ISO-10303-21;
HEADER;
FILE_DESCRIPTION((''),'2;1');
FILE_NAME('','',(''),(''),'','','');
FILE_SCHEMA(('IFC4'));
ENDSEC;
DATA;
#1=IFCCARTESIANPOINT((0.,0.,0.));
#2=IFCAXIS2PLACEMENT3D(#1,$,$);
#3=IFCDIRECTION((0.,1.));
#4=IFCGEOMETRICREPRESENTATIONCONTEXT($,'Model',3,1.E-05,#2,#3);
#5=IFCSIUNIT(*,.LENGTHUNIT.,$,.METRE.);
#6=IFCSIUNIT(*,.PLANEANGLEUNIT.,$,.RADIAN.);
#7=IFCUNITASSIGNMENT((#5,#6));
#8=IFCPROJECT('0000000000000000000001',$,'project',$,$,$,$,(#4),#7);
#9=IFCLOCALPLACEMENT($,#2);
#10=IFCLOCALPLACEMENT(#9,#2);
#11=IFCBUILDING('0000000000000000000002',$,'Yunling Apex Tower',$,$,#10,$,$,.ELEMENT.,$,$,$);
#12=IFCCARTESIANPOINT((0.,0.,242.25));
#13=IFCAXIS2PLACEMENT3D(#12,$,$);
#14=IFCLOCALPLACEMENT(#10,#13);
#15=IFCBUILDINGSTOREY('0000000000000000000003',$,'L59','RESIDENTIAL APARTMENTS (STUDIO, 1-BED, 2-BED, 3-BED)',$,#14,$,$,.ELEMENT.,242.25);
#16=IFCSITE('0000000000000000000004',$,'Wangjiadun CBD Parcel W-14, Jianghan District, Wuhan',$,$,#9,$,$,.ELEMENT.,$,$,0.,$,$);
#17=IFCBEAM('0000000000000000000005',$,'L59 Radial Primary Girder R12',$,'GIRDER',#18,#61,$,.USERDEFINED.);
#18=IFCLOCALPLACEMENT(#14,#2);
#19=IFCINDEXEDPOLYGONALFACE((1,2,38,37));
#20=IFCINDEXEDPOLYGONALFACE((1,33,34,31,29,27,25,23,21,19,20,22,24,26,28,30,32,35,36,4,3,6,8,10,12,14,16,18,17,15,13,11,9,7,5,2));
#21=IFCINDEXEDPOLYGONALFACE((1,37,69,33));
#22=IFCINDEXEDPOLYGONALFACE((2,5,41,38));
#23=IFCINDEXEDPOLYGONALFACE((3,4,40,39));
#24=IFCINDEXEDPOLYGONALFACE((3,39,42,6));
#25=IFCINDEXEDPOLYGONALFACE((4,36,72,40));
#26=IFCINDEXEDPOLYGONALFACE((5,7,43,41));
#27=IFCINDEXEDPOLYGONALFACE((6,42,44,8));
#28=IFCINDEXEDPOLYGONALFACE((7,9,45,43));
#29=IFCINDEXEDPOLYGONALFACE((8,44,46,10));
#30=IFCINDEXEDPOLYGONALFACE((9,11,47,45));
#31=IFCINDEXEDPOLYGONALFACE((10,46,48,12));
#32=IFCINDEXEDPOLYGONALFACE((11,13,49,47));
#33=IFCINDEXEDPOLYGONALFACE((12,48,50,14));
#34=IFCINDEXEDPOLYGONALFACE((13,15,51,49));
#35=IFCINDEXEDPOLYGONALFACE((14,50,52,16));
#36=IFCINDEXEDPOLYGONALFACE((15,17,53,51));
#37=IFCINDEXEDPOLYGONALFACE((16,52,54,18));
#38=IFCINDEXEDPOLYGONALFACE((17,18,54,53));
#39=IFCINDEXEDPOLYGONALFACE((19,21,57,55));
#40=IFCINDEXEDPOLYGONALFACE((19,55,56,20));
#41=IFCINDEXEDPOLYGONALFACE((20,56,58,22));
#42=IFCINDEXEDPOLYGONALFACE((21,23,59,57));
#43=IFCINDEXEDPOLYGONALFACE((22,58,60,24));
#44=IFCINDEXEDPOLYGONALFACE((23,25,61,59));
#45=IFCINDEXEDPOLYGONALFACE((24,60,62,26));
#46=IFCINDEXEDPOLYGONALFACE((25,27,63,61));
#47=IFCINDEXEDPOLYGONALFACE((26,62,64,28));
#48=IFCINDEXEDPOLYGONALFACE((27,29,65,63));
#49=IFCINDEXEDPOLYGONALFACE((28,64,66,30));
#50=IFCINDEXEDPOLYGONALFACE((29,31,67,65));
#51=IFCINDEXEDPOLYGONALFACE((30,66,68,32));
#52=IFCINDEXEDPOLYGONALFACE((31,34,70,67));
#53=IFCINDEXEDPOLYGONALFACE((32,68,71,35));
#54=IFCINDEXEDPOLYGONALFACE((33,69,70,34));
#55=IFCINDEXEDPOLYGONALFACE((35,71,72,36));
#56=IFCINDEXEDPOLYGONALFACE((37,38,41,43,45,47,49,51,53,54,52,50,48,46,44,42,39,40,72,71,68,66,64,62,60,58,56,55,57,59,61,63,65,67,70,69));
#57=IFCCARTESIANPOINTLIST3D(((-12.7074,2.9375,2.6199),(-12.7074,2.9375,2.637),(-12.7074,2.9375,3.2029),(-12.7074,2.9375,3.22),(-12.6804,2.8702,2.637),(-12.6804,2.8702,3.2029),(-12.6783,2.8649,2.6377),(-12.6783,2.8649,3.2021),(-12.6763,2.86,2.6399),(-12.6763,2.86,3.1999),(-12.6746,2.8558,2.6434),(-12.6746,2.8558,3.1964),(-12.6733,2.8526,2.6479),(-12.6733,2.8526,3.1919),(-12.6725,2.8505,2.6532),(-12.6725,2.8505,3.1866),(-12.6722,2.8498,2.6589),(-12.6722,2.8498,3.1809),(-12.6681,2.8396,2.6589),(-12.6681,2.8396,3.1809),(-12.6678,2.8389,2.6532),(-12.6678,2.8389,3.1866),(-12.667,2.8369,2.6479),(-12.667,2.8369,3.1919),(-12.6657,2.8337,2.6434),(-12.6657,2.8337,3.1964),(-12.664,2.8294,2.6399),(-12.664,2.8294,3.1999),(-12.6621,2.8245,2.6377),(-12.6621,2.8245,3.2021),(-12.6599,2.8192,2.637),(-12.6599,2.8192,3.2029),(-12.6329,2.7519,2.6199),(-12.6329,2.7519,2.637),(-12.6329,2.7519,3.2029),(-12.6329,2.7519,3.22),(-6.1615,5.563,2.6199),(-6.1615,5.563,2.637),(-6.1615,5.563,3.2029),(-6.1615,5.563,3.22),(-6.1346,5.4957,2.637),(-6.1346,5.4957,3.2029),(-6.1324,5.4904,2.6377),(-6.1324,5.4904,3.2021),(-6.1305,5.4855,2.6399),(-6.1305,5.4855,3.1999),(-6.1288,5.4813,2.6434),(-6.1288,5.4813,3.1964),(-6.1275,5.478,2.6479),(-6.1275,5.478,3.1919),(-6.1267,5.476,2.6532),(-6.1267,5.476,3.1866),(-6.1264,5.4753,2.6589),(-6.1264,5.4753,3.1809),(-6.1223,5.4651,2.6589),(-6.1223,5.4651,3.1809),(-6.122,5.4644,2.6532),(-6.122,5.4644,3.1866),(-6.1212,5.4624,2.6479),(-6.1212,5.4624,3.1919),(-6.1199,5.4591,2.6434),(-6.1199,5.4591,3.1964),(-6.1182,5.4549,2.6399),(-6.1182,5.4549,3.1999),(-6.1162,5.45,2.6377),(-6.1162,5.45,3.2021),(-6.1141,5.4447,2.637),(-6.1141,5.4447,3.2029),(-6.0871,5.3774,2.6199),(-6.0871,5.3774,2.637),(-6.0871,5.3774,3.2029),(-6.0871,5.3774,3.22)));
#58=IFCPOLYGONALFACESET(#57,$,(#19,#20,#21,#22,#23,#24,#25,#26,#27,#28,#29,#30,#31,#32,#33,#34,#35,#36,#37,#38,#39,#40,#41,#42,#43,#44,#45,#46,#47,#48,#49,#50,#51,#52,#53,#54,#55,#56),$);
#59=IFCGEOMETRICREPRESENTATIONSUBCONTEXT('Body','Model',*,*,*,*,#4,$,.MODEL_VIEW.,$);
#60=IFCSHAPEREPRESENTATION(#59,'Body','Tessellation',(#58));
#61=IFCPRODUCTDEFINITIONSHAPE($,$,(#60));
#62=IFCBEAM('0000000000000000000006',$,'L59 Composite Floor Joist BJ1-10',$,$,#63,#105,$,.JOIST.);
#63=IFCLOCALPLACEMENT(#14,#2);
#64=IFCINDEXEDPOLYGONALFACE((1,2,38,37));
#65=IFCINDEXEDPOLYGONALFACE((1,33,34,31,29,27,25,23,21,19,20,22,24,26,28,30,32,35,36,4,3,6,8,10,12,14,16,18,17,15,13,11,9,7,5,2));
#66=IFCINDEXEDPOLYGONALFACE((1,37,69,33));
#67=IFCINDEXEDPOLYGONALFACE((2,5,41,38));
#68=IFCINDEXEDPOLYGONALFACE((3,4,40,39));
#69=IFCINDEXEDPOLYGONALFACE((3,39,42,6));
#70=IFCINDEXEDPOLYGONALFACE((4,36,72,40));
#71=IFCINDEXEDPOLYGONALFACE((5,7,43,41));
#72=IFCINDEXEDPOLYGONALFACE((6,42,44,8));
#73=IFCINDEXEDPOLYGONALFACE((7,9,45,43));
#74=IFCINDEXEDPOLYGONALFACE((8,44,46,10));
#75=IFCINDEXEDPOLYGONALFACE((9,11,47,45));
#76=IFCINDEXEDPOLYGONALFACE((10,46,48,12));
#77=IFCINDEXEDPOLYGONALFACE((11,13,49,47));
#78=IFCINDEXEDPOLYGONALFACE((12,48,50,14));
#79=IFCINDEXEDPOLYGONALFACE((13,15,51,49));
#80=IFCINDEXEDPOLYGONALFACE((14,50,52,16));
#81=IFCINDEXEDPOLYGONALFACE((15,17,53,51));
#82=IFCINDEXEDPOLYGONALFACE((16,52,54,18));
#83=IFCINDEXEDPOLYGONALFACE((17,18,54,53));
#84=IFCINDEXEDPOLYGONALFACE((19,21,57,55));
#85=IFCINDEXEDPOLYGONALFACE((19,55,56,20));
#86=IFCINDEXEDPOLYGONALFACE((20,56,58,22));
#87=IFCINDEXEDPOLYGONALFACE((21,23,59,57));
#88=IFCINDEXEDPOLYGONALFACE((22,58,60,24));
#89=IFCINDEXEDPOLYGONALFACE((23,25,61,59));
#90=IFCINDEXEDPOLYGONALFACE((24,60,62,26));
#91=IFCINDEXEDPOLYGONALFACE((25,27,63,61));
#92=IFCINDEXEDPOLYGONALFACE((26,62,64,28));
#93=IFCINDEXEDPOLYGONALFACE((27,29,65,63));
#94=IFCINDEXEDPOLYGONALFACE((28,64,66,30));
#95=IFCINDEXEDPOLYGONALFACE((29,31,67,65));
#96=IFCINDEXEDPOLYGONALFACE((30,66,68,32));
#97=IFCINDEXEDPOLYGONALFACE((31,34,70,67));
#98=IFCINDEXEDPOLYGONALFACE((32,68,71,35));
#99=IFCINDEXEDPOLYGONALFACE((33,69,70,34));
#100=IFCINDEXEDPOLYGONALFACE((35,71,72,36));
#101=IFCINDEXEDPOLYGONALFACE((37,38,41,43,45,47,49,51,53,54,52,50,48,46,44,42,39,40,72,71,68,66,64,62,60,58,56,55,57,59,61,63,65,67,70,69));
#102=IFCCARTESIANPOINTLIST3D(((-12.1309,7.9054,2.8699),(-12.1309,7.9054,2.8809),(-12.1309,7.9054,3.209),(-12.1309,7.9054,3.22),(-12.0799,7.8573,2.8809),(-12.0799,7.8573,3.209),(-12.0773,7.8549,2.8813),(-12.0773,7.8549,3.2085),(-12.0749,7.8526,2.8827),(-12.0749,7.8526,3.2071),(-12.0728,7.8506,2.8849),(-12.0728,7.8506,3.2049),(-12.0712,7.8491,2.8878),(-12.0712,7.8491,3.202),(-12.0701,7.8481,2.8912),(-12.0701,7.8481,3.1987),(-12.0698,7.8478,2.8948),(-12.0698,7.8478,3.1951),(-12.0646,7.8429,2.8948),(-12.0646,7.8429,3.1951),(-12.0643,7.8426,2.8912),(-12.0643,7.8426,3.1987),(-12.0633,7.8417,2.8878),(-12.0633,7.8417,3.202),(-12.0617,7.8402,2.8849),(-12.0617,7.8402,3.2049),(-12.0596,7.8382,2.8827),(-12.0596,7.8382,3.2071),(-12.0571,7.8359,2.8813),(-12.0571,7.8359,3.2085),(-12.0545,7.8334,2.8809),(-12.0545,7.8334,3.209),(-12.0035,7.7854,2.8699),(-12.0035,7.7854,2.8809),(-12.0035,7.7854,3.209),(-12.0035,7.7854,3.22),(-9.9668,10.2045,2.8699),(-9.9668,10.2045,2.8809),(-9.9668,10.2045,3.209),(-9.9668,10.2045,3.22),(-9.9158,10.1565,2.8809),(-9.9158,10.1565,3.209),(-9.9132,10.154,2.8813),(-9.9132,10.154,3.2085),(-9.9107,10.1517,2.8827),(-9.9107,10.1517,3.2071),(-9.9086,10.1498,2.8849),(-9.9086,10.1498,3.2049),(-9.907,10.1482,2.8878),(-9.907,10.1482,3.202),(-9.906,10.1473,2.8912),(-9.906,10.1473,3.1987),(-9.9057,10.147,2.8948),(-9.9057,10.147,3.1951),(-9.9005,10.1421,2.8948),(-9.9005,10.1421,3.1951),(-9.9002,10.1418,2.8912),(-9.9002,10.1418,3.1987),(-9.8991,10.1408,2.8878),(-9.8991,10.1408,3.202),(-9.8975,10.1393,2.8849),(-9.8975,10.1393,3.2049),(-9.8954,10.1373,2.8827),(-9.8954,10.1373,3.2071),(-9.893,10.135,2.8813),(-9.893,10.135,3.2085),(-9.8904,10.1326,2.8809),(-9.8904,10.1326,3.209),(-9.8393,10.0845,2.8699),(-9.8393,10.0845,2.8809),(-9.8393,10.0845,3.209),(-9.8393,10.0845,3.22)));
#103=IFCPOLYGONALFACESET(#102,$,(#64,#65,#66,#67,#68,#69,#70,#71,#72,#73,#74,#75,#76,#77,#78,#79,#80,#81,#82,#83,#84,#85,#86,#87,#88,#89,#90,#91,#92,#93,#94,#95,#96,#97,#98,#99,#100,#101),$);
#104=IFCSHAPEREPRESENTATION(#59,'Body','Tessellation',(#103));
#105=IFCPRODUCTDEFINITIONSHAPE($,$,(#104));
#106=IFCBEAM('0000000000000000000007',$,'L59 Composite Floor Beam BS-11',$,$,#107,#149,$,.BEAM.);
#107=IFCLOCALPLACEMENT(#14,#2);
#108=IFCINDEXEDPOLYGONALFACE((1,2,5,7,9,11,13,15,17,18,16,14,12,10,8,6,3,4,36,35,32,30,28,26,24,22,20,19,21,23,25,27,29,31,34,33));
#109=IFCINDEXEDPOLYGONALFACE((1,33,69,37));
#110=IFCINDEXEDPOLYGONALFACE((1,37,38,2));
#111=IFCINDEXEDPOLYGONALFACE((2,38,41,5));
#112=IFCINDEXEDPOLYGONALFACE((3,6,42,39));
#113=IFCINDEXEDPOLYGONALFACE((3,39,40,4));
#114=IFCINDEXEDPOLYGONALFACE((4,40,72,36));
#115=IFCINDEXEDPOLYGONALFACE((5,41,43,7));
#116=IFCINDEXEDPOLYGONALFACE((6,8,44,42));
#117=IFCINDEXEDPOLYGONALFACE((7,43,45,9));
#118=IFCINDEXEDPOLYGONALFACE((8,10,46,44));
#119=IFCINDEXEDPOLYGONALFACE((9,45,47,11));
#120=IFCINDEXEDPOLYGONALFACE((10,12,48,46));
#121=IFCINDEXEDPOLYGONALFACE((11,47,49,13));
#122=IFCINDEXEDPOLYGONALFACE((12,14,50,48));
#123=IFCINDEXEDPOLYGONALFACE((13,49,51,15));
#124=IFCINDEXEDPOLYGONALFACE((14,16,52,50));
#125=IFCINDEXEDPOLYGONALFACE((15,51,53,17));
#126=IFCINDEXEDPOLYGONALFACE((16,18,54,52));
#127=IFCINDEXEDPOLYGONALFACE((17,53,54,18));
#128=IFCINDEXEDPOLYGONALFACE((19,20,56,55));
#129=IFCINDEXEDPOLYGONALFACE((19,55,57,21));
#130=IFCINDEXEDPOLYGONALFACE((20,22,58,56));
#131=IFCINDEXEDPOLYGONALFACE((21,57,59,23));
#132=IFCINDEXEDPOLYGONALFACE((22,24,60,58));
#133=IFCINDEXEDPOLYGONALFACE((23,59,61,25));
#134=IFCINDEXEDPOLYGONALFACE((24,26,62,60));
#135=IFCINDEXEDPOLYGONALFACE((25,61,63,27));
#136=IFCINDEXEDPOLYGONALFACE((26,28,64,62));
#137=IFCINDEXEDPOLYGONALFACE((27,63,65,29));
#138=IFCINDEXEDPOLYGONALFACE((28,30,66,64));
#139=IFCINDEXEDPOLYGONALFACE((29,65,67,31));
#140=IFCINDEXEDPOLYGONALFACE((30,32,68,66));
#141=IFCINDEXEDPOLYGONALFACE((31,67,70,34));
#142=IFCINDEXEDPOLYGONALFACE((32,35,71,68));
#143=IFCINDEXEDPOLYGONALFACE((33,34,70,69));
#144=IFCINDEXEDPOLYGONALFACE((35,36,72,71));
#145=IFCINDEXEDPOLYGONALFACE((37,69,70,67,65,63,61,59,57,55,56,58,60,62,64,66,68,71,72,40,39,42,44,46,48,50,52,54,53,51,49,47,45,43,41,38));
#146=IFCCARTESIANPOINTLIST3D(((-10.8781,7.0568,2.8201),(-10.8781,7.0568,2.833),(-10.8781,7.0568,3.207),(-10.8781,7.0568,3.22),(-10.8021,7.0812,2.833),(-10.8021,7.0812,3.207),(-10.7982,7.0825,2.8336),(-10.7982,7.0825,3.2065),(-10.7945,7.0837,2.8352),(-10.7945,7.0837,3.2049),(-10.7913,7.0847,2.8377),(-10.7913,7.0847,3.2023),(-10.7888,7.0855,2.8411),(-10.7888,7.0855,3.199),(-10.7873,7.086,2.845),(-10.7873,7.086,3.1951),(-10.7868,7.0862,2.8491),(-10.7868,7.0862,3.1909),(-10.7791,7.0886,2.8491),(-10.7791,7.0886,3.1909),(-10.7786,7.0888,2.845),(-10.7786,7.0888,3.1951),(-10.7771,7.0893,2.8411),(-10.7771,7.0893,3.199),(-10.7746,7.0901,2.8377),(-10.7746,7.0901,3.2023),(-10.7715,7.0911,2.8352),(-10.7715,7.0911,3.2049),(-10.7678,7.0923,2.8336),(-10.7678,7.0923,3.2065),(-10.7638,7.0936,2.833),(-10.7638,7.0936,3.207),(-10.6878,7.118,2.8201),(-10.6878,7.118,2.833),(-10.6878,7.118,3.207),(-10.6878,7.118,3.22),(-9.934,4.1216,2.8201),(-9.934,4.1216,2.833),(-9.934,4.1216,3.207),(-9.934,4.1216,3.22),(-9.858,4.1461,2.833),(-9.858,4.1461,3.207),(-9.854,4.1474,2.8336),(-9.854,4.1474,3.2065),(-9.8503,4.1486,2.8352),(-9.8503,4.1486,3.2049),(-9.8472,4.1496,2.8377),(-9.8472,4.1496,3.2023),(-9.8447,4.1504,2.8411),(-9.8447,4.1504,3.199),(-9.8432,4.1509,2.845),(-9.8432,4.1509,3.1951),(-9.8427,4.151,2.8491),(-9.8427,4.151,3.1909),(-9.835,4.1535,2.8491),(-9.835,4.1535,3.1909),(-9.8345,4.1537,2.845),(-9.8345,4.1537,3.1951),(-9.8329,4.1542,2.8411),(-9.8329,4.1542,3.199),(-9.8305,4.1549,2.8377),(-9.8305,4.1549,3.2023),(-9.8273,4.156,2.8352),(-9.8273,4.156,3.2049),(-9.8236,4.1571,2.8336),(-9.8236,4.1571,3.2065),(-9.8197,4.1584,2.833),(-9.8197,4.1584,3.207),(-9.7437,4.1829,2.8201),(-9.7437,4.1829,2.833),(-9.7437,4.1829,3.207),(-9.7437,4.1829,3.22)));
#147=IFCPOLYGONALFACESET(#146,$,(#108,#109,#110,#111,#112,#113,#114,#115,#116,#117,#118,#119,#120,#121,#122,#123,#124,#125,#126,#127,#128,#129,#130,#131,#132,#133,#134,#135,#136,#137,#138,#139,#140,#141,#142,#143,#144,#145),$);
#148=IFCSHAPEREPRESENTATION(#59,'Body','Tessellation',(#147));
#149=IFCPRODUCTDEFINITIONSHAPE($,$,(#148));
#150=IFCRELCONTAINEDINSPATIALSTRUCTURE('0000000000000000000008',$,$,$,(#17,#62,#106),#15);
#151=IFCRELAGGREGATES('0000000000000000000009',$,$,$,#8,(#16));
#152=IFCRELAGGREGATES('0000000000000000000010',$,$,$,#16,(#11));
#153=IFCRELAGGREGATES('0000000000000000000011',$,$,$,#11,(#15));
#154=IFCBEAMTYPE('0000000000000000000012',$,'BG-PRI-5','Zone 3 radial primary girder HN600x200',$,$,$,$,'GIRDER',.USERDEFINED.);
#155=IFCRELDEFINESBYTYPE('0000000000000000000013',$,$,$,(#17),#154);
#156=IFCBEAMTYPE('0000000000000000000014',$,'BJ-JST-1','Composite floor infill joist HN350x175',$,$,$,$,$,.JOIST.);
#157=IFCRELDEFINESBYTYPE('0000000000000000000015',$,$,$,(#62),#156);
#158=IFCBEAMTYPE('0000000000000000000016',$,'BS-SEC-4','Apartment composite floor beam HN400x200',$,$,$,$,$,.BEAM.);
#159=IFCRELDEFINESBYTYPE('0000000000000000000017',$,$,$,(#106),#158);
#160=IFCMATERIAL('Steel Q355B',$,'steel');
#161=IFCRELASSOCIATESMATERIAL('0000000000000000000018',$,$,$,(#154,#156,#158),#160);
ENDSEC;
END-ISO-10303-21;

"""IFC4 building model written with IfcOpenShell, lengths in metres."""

from ifc_helpers import new_model, si_unit, direction, frame, origin, origin_2d, place, context, subcontext, project, spatial, i_section, extrude, source, transform, mapped, material, material_profile, profile_set, type_object, element, save


model = new_model("IFC4")

# Units and contexts
model_context = context("Model", 3, precision=1e-05, world=origin(), true_north=direction((0.0, 1.0)))
body_context = subcontext(model_context, "Body", "Model", "MODEL_VIEW")
ifc_project = project(units=[si_unit("LENGTHUNIT", "METRE"), si_unit("PLANEANGLEUNIT", "RADIAN")], contexts=[model_context])

# Site, building, storey
site_placement = place(None, origin())
site = spatial("IfcSite", under=ifc_project, at=site_placement, Name="Wangjiadun CBD Parcel W-14, Jianghan District, Wuhan", CompositionType="ELEMENT", RefElevation=0.0)
building_placement = place(site_placement, origin())
building = spatial("IfcBuilding", under=site, at=building_placement, Name="Yunling Apex Tower", CompositionType="ELEMENT")
storey_placement = place(building_placement, frame((0.0, 0.0, 242.25)))
storey = spatial("IfcBuildingStorey", under=building, at=storey_placement, Name="L59", Description="RESIDENTIAL APARTMENTS (STUDIO, 1-BED, 2-BED, 3-BED)", CompositionType="ELEMENT", Elevation=242.25)

# Beams
ifc_material_1 = material(Name="Steel Q355B", Category="steel")
ifc_material_profile_1 = material_profile(ifc_material_1, i_section(OverallWidth=0.2, OverallDepth=0.6001, WebThickness=0.011, FlangeThickness=0.0171, FilletRadius=0.022, at=origin_2d()))
ifc_profile_set_1 = profile_set([ifc_material_profile_1], Name="Steel Q355B")
beam_type_1 = type_object("IfcBeamType", Name="BG-PRI-5", Description="Zone 3 radial primary girder HN600x200", ElementType="GIRDER", PredefinedType="USERDEFINED", material=ifc_profile_set_1)
shared_shape_1 = source(origin(), body_context, "Body", "SweptSolid", [
    extrude(i_section(OverallWidth=0.2, OverallDepth=0.6001, WebThickness=0.011, FlangeThickness=0.0171, FilletRadius=0.022, at=origin_2d()), origin(), (0.0, 0.0, 1.0), 7.0527),
])
beam_1_placement = place(storey_placement, frame((-12.6702, 2.8447, 2.9199), z_axis=(0.928128, 0.372262, 0.0), x_axis=(-0.372262, 0.928128, 0.0)))
element("IfcBeam", 1, at=beam_1_placement, inside=storey, type_object=beam_type_1, Name="L59 Radial Primary Girder R12", ObjectType="GIRDER", PredefinedType="USERDEFINED", context=body_context, shape_type="MappedRepresentation", body=[
    mapped(shared_shape_1, transform((0.0, 0.0, 0.0), scale=1.0)),
])
ifc_material_profile_2 = material_profile(ifc_material_1, i_section(OverallWidth=0.175, OverallDepth=0.3501, WebThickness=0.0071, FlangeThickness=0.011, FilletRadius=0.0139, at=origin_2d()))
ifc_profile_set_2 = profile_set([ifc_material_profile_2], Name="Steel Q355B")
beam_type_2 = type_object("IfcBeamType", Name="BJ-JST-1", Description="Composite floor infill joist HN350x175", PredefinedType="JOIST", material=ifc_profile_set_2)
shared_shape_2 = source(origin(), body_context, "Body", "SweptSolid", [
    extrude(i_section(OverallWidth=0.175, OverallDepth=0.3501, WebThickness=0.0071, FlangeThickness=0.011, FilletRadius=0.0139, at=origin_2d()), origin(), (0.0, 0.0, 1.0), 3.1575),
])
beam_2_placement = place(storey_placement, frame((-9.9031, 10.1445, 3.0449), z_axis=(-0.685403, -0.728164, 0.0), x_axis=(0.728164, -0.685403, 0.0)))
element("IfcBeam", 2, at=beam_2_placement, inside=storey, type_object=beam_type_2, Name="L59 Composite Floor Joist BJ1-10", PredefinedType="JOIST", context=body_context, shape_type="MappedRepresentation", body=[
    mapped(shared_shape_2, transform((0.0, 0.0, 0.0), scale=1.0)),
])
ifc_material_profile_3 = material_profile(ifc_material_1, i_section(OverallWidth=0.2, OverallDepth=0.3999, WebThickness=0.0081, FlangeThickness=0.0129, FilletRadius=0.0161, at=origin_2d()))
ifc_profile_set_3 = profile_set([ifc_material_profile_3], Name="Steel Q355B")
beam_type_3 = type_object("IfcBeamType", Name="BS-SEC-4", Description="Apartment composite floor beam HN400x200", PredefinedType="BEAM", material=ifc_profile_set_3)
shared_shape_3 = source(origin(), body_context, "Body", "SweptSolid", [
    extrude(i_section(OverallWidth=0.2, OverallDepth=0.3999, WebThickness=0.0081, FlangeThickness=0.0129, FilletRadius=0.0161, at=origin_2d()), origin(), (0.0, 0.0, 1.0), 3.0833),
])
beam_3_placement = place(storey_placement, frame((-10.783, 7.0874, 3.02), z_axis=(0.306209, -0.951964, 0.0), x_axis=(0.951964, 0.306209, 0.0)))
element("IfcBeam", 3, at=beam_3_placement, inside=storey, type_object=beam_type_3, Name="L59 Composite Floor Beam BS-11", PredefinedType="BEAM", context=body_context, shape_type="MappedRepresentation", body=[
    mapped(shared_shape_3, transform((0.0, 0.0, 0.0), scale=1.0)),
])

save(model, "model.ifc")
